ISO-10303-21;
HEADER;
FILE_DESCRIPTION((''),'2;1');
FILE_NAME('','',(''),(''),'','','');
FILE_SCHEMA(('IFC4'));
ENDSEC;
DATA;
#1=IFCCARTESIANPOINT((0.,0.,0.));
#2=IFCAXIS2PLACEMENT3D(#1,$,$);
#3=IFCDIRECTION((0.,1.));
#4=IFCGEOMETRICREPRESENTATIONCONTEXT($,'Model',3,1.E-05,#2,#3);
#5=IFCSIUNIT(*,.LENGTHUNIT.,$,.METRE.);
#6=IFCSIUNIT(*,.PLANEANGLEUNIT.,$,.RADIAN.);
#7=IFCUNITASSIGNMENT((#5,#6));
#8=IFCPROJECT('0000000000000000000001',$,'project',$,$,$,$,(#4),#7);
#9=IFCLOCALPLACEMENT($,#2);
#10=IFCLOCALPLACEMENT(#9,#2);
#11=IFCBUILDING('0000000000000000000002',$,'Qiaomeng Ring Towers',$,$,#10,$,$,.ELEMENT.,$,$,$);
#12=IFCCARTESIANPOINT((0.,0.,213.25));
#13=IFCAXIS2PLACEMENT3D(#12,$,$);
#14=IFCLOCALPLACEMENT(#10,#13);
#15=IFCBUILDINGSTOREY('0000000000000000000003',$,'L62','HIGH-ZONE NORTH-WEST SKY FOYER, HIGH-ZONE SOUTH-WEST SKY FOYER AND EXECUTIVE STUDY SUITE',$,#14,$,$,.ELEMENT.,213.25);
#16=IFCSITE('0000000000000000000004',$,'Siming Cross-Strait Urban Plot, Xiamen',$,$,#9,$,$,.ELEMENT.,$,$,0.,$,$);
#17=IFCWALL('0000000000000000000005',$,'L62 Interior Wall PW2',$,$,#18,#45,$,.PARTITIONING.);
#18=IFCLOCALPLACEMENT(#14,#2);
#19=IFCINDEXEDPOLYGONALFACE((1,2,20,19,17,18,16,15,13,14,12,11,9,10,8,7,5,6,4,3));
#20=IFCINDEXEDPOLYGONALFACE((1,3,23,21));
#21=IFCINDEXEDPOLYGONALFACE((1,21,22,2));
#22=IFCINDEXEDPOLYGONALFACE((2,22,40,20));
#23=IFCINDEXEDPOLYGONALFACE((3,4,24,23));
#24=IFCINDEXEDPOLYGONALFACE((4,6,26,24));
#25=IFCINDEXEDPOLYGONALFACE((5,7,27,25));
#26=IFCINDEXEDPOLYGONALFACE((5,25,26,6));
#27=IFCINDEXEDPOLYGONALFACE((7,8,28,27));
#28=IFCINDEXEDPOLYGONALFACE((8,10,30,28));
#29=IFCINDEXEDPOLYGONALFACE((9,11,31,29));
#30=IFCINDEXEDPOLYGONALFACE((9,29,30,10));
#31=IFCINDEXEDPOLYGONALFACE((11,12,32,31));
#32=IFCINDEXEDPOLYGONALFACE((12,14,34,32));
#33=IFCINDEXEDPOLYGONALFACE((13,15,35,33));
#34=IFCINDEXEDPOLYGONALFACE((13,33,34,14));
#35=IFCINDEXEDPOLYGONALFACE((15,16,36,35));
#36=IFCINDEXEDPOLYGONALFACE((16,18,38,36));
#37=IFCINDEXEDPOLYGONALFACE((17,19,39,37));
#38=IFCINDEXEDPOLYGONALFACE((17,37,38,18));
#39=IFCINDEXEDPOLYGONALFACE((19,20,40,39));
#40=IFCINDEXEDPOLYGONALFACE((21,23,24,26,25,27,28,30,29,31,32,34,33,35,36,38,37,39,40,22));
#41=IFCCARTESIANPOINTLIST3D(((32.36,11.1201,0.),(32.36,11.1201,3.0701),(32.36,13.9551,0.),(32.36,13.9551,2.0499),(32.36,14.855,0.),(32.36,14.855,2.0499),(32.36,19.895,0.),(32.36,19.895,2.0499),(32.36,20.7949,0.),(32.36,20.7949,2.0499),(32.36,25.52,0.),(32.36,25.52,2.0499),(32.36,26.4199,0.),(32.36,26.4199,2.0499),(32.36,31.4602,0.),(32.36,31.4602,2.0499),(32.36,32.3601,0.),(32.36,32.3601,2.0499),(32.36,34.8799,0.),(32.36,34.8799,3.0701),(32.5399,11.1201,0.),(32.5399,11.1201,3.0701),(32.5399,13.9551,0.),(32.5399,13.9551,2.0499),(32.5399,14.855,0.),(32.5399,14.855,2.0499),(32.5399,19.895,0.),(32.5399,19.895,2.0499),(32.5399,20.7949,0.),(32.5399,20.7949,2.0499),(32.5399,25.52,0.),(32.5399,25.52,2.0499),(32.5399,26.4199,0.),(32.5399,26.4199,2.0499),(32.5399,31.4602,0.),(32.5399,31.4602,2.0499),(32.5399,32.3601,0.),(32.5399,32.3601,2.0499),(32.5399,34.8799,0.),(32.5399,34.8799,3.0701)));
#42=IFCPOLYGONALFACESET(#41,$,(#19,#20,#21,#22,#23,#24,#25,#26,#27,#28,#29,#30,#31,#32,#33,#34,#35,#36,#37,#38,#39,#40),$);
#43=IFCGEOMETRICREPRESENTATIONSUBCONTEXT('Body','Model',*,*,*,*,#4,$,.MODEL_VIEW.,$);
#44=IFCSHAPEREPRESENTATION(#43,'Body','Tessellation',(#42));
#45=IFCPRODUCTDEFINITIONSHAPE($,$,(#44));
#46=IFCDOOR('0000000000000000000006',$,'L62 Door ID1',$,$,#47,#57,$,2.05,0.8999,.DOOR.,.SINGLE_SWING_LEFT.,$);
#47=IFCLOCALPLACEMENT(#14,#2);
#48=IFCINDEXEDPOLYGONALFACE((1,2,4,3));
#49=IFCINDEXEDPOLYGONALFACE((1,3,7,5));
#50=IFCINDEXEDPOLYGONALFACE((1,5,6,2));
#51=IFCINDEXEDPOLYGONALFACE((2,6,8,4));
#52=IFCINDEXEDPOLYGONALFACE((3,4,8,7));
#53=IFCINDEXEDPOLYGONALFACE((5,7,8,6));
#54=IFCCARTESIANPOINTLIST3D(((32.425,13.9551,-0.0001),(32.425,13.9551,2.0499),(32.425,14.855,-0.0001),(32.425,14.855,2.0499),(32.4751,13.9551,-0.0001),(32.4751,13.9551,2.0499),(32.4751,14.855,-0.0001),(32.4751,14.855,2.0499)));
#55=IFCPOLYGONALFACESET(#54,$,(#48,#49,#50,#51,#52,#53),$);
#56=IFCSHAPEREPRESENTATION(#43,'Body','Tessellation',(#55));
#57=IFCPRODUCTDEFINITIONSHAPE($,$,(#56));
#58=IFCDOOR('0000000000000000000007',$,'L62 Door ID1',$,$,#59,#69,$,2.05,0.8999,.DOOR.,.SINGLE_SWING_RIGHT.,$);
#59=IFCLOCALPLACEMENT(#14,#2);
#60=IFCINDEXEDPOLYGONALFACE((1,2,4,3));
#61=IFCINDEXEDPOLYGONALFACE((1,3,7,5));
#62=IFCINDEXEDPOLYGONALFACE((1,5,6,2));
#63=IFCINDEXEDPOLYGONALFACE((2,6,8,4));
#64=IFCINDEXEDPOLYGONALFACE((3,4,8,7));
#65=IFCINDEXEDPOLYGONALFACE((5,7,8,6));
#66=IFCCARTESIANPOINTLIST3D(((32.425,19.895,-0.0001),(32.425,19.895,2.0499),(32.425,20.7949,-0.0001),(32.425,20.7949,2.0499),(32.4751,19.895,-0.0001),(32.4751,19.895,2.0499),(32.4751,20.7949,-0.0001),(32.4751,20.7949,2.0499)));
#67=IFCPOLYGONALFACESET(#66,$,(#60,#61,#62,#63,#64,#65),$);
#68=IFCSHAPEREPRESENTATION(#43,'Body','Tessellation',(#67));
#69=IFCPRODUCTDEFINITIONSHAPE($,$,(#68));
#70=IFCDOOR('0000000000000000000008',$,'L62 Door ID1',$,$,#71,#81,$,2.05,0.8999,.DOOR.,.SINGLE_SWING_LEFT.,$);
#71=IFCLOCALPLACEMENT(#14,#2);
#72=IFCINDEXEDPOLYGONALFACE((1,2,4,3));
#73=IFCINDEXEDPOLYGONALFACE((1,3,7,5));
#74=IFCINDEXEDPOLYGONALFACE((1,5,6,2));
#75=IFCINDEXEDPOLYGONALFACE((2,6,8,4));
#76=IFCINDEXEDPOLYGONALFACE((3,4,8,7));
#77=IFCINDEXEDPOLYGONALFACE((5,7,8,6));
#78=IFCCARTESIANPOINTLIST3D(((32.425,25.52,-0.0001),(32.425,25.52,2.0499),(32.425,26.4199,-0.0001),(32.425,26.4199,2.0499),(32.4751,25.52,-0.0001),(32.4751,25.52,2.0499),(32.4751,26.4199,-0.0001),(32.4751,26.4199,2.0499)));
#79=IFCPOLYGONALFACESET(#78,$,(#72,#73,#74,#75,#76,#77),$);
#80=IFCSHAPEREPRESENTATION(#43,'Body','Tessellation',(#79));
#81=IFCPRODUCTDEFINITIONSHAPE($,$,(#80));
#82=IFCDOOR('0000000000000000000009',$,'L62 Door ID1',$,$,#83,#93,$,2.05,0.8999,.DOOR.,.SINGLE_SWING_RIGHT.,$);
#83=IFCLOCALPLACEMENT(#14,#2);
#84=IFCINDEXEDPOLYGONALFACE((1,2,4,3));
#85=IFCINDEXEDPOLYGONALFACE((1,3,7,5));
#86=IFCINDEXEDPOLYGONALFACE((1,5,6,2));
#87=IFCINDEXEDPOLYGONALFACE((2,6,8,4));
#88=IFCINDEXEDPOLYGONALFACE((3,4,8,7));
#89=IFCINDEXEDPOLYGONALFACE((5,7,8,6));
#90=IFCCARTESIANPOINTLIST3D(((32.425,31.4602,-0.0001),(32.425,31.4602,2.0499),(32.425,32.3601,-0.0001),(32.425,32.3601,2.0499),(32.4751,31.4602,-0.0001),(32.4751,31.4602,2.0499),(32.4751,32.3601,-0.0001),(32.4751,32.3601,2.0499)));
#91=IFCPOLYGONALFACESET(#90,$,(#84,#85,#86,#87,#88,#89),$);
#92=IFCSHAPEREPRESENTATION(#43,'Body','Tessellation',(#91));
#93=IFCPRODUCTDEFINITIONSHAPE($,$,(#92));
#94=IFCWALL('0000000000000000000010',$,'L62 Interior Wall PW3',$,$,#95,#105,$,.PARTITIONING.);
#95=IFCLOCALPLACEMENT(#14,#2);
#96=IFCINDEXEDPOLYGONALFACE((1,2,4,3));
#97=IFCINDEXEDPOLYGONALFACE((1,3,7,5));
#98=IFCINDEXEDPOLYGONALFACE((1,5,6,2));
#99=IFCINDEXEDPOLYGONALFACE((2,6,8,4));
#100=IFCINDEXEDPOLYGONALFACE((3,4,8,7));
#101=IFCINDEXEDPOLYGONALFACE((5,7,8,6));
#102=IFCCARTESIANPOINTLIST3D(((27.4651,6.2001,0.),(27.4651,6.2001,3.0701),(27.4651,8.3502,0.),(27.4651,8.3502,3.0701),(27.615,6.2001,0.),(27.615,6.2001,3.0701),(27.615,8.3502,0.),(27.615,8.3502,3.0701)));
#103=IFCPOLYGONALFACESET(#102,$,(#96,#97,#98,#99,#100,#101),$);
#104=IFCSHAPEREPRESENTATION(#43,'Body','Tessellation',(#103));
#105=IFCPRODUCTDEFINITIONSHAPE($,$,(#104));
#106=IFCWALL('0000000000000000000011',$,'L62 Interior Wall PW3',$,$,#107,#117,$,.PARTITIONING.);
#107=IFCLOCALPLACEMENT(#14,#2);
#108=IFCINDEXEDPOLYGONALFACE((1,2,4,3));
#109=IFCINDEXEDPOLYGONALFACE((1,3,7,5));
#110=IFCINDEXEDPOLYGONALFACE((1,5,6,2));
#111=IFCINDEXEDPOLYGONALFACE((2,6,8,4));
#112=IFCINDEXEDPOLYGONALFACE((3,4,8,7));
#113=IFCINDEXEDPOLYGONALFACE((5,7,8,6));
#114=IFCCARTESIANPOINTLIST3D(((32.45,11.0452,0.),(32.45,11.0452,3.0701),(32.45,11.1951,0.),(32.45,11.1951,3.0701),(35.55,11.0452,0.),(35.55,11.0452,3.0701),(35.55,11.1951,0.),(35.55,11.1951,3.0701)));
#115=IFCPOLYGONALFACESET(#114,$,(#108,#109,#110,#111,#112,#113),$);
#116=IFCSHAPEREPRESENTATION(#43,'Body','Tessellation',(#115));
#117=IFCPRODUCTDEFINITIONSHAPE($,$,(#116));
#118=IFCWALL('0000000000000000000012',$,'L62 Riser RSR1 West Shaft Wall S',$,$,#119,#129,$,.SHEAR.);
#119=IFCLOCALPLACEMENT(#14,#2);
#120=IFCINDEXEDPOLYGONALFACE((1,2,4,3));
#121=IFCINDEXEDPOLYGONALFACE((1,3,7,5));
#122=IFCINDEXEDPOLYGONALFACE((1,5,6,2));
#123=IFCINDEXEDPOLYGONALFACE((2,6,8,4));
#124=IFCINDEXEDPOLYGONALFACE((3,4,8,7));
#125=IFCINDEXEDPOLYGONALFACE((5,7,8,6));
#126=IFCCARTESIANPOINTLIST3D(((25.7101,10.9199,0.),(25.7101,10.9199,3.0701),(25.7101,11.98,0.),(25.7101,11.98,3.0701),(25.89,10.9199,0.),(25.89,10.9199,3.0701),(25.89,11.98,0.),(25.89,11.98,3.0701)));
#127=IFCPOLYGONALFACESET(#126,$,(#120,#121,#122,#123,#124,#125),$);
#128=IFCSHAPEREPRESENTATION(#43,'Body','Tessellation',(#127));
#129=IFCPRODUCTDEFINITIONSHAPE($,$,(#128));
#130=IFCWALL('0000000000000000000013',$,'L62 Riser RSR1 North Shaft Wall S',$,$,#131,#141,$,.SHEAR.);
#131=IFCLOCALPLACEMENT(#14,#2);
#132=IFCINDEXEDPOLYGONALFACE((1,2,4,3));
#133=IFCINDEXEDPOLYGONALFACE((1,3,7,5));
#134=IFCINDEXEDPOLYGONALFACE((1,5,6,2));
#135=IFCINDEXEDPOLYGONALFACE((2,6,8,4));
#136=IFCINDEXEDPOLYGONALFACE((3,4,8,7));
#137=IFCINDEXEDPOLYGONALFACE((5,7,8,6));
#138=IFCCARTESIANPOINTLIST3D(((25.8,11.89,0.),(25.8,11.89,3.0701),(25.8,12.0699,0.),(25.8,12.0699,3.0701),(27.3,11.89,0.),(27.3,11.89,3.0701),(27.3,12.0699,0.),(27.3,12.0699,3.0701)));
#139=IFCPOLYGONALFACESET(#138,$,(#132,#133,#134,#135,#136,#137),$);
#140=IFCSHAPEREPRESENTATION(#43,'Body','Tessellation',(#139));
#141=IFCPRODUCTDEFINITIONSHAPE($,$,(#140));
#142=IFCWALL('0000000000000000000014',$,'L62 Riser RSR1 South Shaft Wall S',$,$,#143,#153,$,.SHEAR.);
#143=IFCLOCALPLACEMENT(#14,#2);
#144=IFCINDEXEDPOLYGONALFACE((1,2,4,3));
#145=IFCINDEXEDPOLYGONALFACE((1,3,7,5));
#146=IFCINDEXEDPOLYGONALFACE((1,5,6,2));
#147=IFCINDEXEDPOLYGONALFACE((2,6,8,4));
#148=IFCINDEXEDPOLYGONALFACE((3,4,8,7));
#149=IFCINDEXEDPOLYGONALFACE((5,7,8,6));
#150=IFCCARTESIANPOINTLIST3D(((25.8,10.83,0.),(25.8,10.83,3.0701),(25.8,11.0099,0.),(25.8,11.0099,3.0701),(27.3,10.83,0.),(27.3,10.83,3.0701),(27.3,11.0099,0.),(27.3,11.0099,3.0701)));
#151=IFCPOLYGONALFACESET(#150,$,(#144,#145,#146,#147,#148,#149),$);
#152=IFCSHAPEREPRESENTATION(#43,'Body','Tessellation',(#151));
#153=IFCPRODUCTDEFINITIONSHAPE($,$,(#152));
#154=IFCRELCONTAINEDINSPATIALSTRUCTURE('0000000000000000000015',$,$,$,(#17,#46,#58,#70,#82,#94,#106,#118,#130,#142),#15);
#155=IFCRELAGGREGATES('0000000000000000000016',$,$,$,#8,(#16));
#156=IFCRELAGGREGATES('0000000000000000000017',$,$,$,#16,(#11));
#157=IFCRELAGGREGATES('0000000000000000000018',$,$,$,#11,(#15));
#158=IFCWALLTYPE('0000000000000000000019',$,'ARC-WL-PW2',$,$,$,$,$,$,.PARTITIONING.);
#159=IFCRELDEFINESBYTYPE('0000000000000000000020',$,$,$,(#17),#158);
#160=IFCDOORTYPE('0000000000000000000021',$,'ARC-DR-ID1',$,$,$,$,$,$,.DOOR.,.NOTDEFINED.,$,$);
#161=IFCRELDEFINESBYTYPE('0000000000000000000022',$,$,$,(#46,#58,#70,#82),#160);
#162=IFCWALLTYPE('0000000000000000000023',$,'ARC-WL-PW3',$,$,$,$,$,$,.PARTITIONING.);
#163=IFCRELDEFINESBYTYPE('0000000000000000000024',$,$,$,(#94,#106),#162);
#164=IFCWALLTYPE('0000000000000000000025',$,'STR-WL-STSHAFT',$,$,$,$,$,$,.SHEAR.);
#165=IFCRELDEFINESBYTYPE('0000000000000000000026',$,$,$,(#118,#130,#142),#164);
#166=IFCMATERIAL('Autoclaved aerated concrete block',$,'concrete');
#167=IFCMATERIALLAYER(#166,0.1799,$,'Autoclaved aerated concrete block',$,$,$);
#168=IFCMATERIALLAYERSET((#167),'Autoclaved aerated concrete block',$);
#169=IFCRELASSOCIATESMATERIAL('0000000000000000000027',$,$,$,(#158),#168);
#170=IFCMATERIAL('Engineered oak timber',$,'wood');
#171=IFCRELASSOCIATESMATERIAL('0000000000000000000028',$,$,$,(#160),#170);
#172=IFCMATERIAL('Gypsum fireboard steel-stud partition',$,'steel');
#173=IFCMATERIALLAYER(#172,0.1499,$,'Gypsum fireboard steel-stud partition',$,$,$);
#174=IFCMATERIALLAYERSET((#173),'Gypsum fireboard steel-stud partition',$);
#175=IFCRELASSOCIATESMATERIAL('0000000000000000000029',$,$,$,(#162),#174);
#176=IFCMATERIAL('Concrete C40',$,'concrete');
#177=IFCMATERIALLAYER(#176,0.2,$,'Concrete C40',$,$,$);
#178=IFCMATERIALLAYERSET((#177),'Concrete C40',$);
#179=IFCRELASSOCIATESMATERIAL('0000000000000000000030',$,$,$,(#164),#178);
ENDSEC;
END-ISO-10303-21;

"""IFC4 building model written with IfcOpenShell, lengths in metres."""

from ifc_helpers import new_model, si_unit, direction, frame, frame_2d, origin, place, context, subcontext, project, spatial, rectangle, extrude, source, transform, mapped, material, layer, layer_set, type_object, element, fill, save


model = new_model("IFC4")

# Units and contexts
model_context = context("Model", 3, precision=1e-05, world=origin(), true_north=direction((0.0, 1.0)))
body_context = subcontext(model_context, "Body", "Model", "MODEL_VIEW")
ifc_project = project(units=[si_unit("LENGTHUNIT", "METRE"), si_unit("PLANEANGLEUNIT", "RADIAN")], contexts=[model_context])

# Site, building, storey
site_placement = place(None, origin())
site = spatial("IfcSite", under=ifc_project, at=site_placement, Name="Siming Cross-Strait Urban Plot, Xiamen", CompositionType="ELEMENT", RefElevation=0.0)
building_placement = place(site_placement, origin())
building = spatial("IfcBuilding", under=site, at=building_placement, Name="Qiaomeng Ring Towers", CompositionType="ELEMENT")
storey_placement = place(building_placement, frame((0.0, 0.0, 213.25)))
storey = spatial("IfcBuildingStorey", under=building, at=storey_placement, Name="L62", Description="HIGH-ZONE NORTH-WEST SKY FOYER, HIGH-ZONE SOUTH-WEST SKY FOYER AND EXECUTIVE STUDY SUITE", CompositionType="ELEMENT", Elevation=213.25)

# Shared definitions
ifc_material_1 = material(Name="Concrete C40", Category="concrete")

# Wall, openings, doors
ifc_material_2 = material(Name="Autoclaved aerated concrete block", Category="concrete")
ifc_layer_1 = layer(ifc_material_2, 0.1799, Name="Autoclaved aerated concrete block")
ifc_layer_set_1 = layer_set([ifc_layer_1], Name="Autoclaved aerated concrete block")
wall_type_1 = type_object("IfcWallType", Name="ARC-WL-PW2", PredefinedType="PARTITIONING", material=ifc_layer_set_1)
wall_1_placement = place(storey_placement, frame((32.45, 11.1201, 0.0), z_axis=(0.0, 0.0, 1.0), x_axis=(0.0, 1.0, 0.0)))
wall_1 = element("IfcWall", 1, at=wall_1_placement, inside=storey, type_object=wall_type_1, Name="L62 Interior Wall PW2", PredefinedType="PARTITIONING", context=body_context, shape_type="SweptSolid", body=[
    extrude(rectangle(XDim=23.7598, YDim=0.1799, at=frame_2d((11.8799, 0.0))), origin(), (0.0, 0.0, 1.0), 3.0701),
])
opening_1_placement = place(wall_1_placement, frame((2.835, 0.0, 0.0)))
opening_1 = element("IfcOpeningElement", 2, at=opening_1_placement, cuts=wall_1, PredefinedType="OPENING", context=body_context, shape_type="SweptSolid", body=[
    extrude(rectangle(XDim=0.8999, YDim=2.05, at=frame_2d((0.45, 1.0249))), frame((0.0, 0.0999, 0.0), z_axis=(0.0, -1.0, 0.0), x_axis=(1.0, 0.0, 0.0)), (0.0, 0.0, 1.0), 0.2),
])
opening_2_placement = place(wall_1_placement, frame((8.7749, 0.0, 0.0)))
opening_2 = element("IfcOpeningElement", 3, at=opening_2_placement, cuts=wall_1, PredefinedType="OPENING", context=body_context, shape_type="SweptSolid", body=[
    extrude(rectangle(XDim=0.8999, YDim=2.05, at=frame_2d((0.45, 1.0249))), frame((0.0, 0.0999, 0.0), z_axis=(0.0, -1.0, 0.0), x_axis=(1.0, 0.0, 0.0)), (0.0, 0.0, 1.0), 0.2),
])
opening_3_placement = place(wall_1_placement, frame((14.3999, 0.0, 0.0)))
opening_3 = element("IfcOpeningElement", 4, at=opening_3_placement, cuts=wall_1, PredefinedType="OPENING", context=body_context, shape_type="SweptSolid", body=[
    extrude(rectangle(XDim=0.8999, YDim=2.05, at=frame_2d((0.45, 1.0249))), frame((0.0, 0.0999, 0.0), z_axis=(0.0, -1.0, 0.0), x_axis=(1.0, 0.0, 0.0)), (0.0, 0.0, 1.0), 0.2),
])
opening_4_placement = place(wall_1_placement, frame((20.3401, 0.0, 0.0)))
opening_4 = element("IfcOpeningElement", 5, at=opening_4_placement, cuts=wall_1, PredefinedType="OPENING", context=body_context, shape_type="SweptSolid", body=[
    extrude(rectangle(XDim=0.8999, YDim=2.05, at=frame_2d((0.45, 1.0249))), frame((0.0, 0.0999, 0.0), z_axis=(0.0, -1.0, 0.0), x_axis=(1.0, 0.0, 0.0)), (0.0, 0.0, 1.0), 0.2),
])
ifc_material_3 = material(Name="Engineered oak timber", Category="wood")
door_type_1 = type_object("IfcDoorType", Name="ARC-DR-ID1", OperationType="NOTDEFINED", PredefinedType="DOOR", material=ifc_material_3)
shared_shape_1 = source(origin(), body_context, "Body", "SweptSolid", [
    extrude(rectangle(XDim=0.8999, YDim=2.05, at=frame_2d((0.45, 1.0249))), frame((0.0, 0.0249, 0.0), z_axis=(0.0, -1.0, 0.0), x_axis=(1.0, 0.0, 0.0)), (0.0, 0.0, 1.0), 0.05),
])
door_1_placement = place(opening_1_placement, origin())
door_1 = element("IfcDoor", 6, at=door_1_placement, inside=storey, type_object=door_type_1, Name="L62 Door ID1", OperationType="SINGLE_SWING_LEFT", OverallHeight=2.05, OverallWidth=0.8999, PredefinedType="DOOR", context=body_context, shape_type="MappedRepresentation", body=[
    mapped(shared_shape_1, transform((0.0, 0.0, 0.0), x_axis=(1.0, 0.0, 0.0), y_axis=(0.0, 1.0, 0.0), z_axis=(0.0, 0.0, 1.0), scale=1.0)),
])
fill(opening_1, door_1)
door_2_placement = place(opening_2_placement, origin())
door_2 = element("IfcDoor", 7, at=door_2_placement, inside=storey, type_object=door_type_1, Name="L62 Door ID1", OperationType="SINGLE_SWING_RIGHT", OverallHeight=2.05, OverallWidth=0.8999, PredefinedType="DOOR", context=body_context, shape_type="MappedRepresentation", body=[
    mapped(shared_shape_1, transform((0.0, 0.0, 0.0), x_axis=(1.0, 0.0, 0.0), y_axis=(0.0, 1.0, 0.0), z_axis=(0.0, 0.0, 1.0), scale=1.0)),
])
fill(opening_2, door_2)
door_3_placement = place(opening_3_placement, origin())
door_3 = element("IfcDoor", 8, at=door_3_placement, inside=storey, type_object=door_type_1, Name="L62 Door ID1", OperationType="SINGLE_SWING_LEFT", OverallHeight=2.05, OverallWidth=0.8999, PredefinedType="DOOR", context=body_context, shape_type="MappedRepresentation", body=[
    mapped(shared_shape_1, transform((0.0, 0.0, 0.0), x_axis=(1.0, 0.0, 0.0), y_axis=(0.0, 1.0, 0.0), z_axis=(0.0, 0.0, 1.0), scale=1.0)),
])
fill(opening_3, door_3)
door_4_placement = place(opening_4_placement, origin())
door_4 = element("IfcDoor", 9, at=door_4_placement, inside=storey, type_object=door_type_1, Name="L62 Door ID1", OperationType="SINGLE_SWING_RIGHT", OverallHeight=2.05, OverallWidth=0.8999, PredefinedType="DOOR", context=body_context, shape_type="MappedRepresentation", body=[
    mapped(shared_shape_1, transform((0.0, 0.0, 0.0), x_axis=(1.0, 0.0, 0.0), y_axis=(0.0, 1.0, 0.0), z_axis=(0.0, 0.0, 1.0), scale=1.0)),
])
fill(opening_4, door_4)

# Walls
ifc_material_4 = material(Name="Gypsum fireboard steel-stud partition", Category="steel")
ifc_layer_2 = layer(ifc_material_4, 0.1499, Name="Gypsum fireboard steel-stud partition")
ifc_layer_set_2 = layer_set([ifc_layer_2], Name="Gypsum fireboard steel-stud partition")
wall_type_2 = type_object("IfcWallType", Name="ARC-WL-PW3", PredefinedType="PARTITIONING", material=ifc_layer_set_2)
wall_2_placement = place(storey_placement, frame((27.54, 6.2, 0.0), z_axis=(0.0, 0.0, 1.0), x_axis=(0.0, 1.0, 0.0)))
element("IfcWall", 10, at=wall_2_placement, inside=storey, type_object=wall_type_2, Name="L62 Interior Wall PW3", PredefinedType="PARTITIONING", context=body_context, shape_type="SweptSolid", body=[
    extrude(rectangle(XDim=2.1501, YDim=0.1499, at=frame_2d((1.0752, 0.0))), origin(), (0.0, 0.0, 1.0), 3.0701),
])
wall_3_placement = place(storey_placement, frame((32.45, 11.1201, 0.0), z_axis=(0.0, 0.0, 1.0), x_axis=(1.0, 0.0, 0.0)))
element("IfcWall", 11, at=wall_3_placement, inside=storey, type_object=wall_type_2, Name="L62 Interior Wall PW3", PredefinedType="PARTITIONING", context=body_context, shape_type="SweptSolid", body=[
    extrude(rectangle(XDim=3.1001, YDim=0.1499, at=frame_2d((1.55, 0.0))), origin(), (0.0, 0.0, 1.0), 3.0701),
])
ifc_layer_3 = layer(ifc_material_1, 0.2, Name="Concrete C40")
ifc_layer_set_3 = layer_set([ifc_layer_3], Name="Concrete C40")
wall_type_3 = type_object("IfcWallType", Name="STR-WL-STSHAFT", PredefinedType="SHEAR", material=ifc_layer_set_3)
wall_4_placement = place(storey_placement, frame((25.8, 10.9199, 0.0), z_axis=(0.0, 0.0, 1.0), x_axis=(0.0, 1.0, 0.0)))
element("IfcWall", 12, at=wall_4_placement, inside=storey, type_object=wall_type_3, Name="L62 Riser RSR1 West Shaft Wall S", PredefinedType="SHEAR", context=body_context, shape_type="SweptSolid", body=[
    extrude(rectangle(XDim=1.0601, YDim=0.1799, at=frame_2d((0.53, 0.0))), origin(), (0.0, 0.0, 1.0), 3.0701),
])
for number, where, z_axis, x_axis, name in (
    (13, (25.8, 11.98, 0.0), (0.0, 0.0, 1.0), (1.0, 0.0, 0.0), "L62 Riser RSR1 North Shaft Wall S"),
    (14, (25.8, 10.9199, 0.0), (0.0, 0.0, 1.0), (1.0, 0.0, 0.0), "L62 Riser RSR1 South Shaft Wall S"),
):
    element("IfcWall", number, at=place(storey_placement, frame(where, z_axis=z_axis, x_axis=x_axis)), inside=storey, type_object=wall_type_3, Name=name, PredefinedType="SHEAR", context=body_context, shape_type="SweptSolid", body=[
        extrude(rectangle(XDim=1.5, YDim=0.1799, at=frame_2d((0.75, 0.0))), origin(), (0.0, 0.0, 1.0), 3.0701),
    ])

save(model, "model.ifc")
